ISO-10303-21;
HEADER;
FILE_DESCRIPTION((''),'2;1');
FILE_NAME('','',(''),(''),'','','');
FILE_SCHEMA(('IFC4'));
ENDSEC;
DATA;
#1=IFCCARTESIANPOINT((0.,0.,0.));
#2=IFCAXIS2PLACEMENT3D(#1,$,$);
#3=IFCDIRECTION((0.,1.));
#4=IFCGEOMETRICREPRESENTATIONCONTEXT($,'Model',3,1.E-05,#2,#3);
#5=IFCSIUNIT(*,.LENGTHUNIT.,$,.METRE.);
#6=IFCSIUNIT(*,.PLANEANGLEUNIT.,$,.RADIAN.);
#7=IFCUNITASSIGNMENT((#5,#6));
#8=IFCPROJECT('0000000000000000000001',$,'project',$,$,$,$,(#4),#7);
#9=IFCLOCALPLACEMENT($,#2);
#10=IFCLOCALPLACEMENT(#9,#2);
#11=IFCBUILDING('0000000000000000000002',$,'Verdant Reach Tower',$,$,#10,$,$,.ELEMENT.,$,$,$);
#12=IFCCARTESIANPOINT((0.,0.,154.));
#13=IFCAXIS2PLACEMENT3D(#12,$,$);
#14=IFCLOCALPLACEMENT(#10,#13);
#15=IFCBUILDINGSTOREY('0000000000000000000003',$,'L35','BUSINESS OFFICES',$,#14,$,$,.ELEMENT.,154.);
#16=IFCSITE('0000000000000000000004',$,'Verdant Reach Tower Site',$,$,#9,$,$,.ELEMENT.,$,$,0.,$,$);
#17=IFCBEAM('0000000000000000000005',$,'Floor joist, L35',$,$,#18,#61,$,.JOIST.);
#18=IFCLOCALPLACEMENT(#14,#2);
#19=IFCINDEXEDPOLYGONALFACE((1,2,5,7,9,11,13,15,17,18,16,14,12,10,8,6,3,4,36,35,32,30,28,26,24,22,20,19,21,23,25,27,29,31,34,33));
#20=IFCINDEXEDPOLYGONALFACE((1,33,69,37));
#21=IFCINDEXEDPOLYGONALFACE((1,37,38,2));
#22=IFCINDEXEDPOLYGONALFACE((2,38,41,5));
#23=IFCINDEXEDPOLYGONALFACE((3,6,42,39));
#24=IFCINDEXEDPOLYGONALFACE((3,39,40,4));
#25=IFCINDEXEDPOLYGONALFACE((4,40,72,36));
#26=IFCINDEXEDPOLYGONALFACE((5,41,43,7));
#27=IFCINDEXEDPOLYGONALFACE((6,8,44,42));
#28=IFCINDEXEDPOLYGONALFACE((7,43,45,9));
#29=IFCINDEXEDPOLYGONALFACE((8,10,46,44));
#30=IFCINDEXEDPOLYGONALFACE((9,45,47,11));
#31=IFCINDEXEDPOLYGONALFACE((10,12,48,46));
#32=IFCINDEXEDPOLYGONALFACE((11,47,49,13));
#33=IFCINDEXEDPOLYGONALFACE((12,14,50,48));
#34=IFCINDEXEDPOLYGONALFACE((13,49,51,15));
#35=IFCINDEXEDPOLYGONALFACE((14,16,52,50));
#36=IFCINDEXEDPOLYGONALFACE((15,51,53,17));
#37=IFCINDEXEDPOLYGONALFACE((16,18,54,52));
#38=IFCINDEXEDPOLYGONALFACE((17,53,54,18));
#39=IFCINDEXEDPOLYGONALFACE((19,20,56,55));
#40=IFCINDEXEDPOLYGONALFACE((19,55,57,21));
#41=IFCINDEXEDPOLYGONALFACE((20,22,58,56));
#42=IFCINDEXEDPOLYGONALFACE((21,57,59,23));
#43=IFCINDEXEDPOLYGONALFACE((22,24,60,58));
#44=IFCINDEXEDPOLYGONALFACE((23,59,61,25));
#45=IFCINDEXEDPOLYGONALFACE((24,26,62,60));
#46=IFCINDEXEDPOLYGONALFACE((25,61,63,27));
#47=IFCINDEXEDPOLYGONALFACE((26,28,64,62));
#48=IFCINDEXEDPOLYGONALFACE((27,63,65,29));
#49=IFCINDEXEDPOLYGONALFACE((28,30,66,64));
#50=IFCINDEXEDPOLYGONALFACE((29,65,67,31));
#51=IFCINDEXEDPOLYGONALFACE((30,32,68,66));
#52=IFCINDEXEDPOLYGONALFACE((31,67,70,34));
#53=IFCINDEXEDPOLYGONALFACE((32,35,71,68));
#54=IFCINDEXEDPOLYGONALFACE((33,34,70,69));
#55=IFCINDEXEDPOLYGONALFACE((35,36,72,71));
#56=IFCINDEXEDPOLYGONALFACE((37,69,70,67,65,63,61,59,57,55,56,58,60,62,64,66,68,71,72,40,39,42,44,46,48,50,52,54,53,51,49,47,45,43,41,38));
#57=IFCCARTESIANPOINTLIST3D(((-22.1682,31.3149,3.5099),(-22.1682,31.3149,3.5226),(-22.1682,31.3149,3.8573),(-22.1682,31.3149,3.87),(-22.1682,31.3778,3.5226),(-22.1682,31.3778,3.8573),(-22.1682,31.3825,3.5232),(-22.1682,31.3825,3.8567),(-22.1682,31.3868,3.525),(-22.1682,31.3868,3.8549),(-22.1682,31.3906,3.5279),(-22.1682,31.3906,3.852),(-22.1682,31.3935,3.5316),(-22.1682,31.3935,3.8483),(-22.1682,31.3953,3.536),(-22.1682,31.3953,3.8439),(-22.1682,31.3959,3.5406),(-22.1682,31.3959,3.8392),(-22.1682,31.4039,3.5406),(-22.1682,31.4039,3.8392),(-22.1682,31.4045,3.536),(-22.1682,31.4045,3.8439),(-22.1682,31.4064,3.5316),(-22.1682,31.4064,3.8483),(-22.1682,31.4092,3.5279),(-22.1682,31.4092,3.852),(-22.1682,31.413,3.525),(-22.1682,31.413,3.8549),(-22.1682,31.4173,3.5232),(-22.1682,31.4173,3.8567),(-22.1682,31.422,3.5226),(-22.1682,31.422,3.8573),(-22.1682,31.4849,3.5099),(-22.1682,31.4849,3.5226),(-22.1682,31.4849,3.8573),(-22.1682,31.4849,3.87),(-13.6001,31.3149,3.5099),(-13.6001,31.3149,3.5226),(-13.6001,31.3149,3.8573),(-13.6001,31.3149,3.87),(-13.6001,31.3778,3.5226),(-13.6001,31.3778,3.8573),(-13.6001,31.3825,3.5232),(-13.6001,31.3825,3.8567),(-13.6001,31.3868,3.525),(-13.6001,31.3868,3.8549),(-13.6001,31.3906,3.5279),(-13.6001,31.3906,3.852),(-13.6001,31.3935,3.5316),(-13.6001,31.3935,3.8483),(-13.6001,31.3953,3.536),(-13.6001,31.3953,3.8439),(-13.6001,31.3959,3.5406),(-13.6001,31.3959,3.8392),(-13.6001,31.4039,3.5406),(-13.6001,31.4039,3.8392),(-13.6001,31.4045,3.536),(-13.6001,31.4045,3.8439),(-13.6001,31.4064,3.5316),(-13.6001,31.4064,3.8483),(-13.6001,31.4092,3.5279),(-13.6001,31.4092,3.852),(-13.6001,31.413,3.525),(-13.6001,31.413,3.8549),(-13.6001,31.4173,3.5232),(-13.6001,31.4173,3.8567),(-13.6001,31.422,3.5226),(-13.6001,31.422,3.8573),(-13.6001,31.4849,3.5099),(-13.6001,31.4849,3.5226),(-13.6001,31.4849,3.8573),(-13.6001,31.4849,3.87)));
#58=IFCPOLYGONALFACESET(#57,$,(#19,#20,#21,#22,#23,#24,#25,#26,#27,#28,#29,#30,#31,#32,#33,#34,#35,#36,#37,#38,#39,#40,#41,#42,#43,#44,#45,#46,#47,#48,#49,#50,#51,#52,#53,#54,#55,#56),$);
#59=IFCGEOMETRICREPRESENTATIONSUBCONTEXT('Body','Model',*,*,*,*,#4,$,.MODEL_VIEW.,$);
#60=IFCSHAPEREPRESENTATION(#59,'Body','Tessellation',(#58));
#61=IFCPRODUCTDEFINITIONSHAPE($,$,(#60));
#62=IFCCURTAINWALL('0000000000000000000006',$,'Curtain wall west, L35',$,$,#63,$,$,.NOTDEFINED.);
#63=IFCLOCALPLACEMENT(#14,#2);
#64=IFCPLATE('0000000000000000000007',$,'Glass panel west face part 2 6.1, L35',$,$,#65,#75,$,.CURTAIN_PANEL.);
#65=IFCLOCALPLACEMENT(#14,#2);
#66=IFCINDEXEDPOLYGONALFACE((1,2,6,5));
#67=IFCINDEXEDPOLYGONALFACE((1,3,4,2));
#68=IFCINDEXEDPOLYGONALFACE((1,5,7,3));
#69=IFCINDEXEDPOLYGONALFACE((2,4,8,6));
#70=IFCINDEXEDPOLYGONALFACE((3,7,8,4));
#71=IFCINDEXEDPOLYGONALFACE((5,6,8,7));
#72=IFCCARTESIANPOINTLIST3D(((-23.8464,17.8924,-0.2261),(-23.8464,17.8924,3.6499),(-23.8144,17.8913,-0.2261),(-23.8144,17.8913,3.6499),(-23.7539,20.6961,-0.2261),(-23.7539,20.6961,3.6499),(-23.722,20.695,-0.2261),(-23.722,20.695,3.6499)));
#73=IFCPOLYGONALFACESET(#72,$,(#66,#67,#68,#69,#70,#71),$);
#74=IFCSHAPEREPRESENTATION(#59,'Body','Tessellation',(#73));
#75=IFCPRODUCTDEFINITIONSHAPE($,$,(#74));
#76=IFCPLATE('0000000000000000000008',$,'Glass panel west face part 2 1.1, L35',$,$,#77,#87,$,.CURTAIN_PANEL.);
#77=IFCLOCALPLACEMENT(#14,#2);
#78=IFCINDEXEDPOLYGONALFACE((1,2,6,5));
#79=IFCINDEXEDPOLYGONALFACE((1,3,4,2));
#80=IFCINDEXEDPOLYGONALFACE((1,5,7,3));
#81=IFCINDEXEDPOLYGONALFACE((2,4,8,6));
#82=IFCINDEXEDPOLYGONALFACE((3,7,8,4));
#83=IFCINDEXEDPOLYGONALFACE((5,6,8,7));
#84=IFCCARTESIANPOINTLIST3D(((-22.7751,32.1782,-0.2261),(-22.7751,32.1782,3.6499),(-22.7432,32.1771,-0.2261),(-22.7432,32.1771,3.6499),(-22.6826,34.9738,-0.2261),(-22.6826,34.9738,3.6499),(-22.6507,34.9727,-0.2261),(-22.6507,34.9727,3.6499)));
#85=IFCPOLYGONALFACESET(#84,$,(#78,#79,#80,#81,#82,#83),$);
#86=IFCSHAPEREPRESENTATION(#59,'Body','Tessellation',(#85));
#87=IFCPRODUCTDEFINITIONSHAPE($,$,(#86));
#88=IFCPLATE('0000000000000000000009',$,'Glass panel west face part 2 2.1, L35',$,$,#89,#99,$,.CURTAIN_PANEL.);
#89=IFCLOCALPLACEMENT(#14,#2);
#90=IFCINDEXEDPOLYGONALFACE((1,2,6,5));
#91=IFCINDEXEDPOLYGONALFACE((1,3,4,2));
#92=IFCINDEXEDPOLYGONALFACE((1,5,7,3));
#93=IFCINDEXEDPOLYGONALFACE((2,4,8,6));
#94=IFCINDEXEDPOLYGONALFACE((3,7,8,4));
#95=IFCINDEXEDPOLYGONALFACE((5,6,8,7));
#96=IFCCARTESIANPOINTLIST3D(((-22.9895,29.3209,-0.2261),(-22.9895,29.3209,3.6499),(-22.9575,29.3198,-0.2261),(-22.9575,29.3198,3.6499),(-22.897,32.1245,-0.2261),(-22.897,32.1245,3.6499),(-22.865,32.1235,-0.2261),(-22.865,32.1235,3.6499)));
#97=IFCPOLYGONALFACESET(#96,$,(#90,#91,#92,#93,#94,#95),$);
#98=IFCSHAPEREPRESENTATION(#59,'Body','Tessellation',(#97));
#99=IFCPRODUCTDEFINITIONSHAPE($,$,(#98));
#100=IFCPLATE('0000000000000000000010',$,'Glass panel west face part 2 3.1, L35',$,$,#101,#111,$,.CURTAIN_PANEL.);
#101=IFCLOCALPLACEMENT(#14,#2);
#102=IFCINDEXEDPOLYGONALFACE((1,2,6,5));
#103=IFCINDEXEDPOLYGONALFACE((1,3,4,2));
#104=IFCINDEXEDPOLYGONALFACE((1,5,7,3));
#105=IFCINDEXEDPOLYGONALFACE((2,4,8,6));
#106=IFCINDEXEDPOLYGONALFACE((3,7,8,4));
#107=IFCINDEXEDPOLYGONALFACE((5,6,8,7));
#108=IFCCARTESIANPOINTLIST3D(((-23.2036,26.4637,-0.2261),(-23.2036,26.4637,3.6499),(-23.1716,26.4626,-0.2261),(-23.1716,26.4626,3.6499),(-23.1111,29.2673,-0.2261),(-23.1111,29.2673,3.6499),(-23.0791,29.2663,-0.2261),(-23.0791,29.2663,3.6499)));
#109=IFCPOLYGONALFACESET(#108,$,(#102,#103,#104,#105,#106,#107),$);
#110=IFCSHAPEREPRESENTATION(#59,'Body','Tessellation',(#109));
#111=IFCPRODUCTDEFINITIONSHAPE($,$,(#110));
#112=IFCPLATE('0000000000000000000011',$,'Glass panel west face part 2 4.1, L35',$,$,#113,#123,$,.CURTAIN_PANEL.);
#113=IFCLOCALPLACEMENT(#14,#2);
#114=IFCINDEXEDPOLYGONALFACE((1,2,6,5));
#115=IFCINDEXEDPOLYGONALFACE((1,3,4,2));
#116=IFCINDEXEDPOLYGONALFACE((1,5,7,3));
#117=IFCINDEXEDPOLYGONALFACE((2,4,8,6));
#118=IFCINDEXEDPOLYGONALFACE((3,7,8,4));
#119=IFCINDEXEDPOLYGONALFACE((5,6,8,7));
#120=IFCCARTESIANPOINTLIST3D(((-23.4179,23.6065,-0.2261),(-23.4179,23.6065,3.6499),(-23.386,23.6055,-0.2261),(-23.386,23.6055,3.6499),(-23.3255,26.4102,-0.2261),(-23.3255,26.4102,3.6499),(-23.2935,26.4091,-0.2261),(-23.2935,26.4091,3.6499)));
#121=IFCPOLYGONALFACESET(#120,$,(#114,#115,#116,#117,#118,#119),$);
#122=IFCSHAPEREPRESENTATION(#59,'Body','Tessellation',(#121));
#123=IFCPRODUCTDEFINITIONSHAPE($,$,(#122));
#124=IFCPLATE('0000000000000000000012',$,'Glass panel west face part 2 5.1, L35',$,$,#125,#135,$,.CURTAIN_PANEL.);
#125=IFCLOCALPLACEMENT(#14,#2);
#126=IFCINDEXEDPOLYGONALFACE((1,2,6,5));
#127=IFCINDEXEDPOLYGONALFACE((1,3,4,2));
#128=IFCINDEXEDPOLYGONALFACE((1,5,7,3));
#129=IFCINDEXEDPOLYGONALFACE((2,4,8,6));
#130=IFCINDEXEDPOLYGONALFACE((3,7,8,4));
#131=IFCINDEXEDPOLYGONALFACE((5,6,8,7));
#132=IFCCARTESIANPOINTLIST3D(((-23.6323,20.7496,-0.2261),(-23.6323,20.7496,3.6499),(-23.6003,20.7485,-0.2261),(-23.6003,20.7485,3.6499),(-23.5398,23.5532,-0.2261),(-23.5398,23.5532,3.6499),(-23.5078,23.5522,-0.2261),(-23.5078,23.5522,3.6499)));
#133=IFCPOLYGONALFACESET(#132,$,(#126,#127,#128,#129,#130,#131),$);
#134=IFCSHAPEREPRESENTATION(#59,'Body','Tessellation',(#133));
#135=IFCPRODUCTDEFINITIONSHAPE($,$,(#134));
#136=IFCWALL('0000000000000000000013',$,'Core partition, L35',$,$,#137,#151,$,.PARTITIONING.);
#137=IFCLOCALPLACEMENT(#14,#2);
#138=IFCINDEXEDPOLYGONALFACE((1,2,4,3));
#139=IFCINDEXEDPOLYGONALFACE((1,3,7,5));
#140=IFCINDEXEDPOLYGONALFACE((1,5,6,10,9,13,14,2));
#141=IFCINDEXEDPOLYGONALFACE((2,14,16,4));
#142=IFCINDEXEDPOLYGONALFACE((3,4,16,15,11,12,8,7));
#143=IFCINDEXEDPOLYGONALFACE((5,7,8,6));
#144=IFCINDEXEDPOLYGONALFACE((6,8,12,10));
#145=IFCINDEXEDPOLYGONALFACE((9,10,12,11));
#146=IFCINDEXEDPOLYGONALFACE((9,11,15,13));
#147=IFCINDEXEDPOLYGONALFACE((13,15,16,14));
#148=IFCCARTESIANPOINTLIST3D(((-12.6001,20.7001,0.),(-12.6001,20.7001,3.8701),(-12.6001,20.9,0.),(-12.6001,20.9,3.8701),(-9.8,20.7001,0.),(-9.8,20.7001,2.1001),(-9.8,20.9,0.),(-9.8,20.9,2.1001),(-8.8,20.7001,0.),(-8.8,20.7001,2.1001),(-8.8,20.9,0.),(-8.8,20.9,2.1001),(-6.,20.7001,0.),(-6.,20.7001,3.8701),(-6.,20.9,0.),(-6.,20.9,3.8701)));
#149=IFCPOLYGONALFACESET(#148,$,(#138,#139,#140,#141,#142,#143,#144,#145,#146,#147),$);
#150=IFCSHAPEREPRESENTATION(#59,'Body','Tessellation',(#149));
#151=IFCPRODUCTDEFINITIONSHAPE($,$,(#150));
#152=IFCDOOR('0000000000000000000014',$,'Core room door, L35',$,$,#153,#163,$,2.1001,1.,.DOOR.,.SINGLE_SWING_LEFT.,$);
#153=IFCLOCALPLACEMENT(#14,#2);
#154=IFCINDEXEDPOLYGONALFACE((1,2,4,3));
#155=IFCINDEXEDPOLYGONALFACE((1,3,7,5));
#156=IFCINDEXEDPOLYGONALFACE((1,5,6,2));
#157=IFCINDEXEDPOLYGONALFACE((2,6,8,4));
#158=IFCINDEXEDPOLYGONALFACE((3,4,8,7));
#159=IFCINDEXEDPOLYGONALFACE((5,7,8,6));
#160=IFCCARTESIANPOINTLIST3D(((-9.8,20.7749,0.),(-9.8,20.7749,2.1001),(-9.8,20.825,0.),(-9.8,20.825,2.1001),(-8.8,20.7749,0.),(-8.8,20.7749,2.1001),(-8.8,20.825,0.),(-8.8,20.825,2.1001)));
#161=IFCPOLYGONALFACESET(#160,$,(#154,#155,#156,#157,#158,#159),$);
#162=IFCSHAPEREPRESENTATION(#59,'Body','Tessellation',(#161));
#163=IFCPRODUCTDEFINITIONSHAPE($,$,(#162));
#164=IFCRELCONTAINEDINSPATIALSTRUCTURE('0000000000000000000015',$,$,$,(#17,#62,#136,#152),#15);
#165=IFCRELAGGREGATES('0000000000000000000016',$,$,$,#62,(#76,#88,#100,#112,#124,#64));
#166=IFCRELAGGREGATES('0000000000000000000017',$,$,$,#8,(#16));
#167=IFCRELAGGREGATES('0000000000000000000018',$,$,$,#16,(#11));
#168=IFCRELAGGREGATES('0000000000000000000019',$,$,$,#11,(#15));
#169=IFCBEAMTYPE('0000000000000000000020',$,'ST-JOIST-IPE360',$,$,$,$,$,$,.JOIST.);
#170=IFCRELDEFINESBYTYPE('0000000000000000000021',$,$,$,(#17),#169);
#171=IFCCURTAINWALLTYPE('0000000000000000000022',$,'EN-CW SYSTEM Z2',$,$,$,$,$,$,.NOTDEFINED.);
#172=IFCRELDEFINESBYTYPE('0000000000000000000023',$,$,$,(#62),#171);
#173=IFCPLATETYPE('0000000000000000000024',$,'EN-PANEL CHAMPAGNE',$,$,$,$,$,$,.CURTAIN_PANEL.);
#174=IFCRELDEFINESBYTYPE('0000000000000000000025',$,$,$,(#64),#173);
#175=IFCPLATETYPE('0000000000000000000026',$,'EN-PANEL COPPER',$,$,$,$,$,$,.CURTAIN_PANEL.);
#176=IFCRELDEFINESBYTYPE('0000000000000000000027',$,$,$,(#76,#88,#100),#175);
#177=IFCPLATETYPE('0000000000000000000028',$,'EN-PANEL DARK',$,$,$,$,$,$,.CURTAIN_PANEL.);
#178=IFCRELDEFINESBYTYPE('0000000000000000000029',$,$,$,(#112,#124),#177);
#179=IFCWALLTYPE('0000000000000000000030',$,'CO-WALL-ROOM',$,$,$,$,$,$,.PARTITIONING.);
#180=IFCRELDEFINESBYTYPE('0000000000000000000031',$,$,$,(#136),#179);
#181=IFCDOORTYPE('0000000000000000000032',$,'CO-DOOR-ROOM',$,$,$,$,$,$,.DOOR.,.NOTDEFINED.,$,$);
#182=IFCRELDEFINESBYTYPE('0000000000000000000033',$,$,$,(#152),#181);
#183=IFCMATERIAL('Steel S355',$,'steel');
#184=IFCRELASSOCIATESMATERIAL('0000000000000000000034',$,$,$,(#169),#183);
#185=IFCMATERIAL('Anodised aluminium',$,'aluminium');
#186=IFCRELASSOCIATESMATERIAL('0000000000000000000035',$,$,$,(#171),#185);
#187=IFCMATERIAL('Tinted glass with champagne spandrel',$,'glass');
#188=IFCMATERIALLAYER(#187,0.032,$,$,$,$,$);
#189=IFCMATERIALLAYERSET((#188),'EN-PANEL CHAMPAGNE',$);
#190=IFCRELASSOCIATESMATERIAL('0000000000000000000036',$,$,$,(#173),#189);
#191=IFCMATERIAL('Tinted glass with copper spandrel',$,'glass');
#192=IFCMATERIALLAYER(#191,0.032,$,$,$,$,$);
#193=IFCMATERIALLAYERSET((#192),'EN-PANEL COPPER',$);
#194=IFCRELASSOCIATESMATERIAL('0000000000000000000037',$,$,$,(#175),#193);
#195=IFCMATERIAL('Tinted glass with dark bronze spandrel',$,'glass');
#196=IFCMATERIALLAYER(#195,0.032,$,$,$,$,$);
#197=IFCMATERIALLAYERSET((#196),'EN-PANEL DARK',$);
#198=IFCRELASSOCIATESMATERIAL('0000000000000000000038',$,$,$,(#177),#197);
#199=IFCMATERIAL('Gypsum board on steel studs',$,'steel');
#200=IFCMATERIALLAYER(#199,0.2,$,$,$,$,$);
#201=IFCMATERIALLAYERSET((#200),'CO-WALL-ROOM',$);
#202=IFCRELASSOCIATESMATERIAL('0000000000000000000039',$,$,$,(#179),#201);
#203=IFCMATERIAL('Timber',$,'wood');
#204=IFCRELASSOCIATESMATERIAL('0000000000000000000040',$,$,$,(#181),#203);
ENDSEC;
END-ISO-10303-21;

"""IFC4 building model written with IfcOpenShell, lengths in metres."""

from ifc_helpers import new_model, si_unit, direction, frame, frame_2d, origin, origin_2d, place, context, subcontext, project, spatial, rectangle, i_section, extrude, material, layer, layer_set, material_profile, profile_set, type_object, element, fill, aggregate, save


model = new_model("IFC4")

# Units and contexts
model_context = context("Model", 3, precision=1e-05, world=origin(), true_north=direction((0.0, 1.0)))
body_context = subcontext(model_context, "Body", "Model", "MODEL_VIEW")
ifc_project = project(units=[si_unit("LENGTHUNIT", "METRE"), si_unit("PLANEANGLEUNIT", "RADIAN")], contexts=[model_context])

# Site, building, storey
site_placement = place(None, origin())
site = spatial("IfcSite", under=ifc_project, at=site_placement, Name="Verdant Reach Tower Site", CompositionType="ELEMENT", RefElevation=0.0)
building_placement = place(site_placement, origin())
building = spatial("IfcBuilding", under=site, at=building_placement, Name="Verdant Reach Tower", CompositionType="ELEMENT")
storey_placement = place(building_placement, frame((0.0, 0.0, 154.0)))
storey = spatial("IfcBuildingStorey", under=building, at=storey_placement, Name="L35", Description="BUSINESS OFFICES", CompositionType="ELEMENT", Elevation=154.0)

# Beam
ifc_material_1 = material(Name="Steel S355", Category="steel")
ifc_material_profile_1 = material_profile(ifc_material_1, i_section(OverallWidth=0.1699, OverallDepth=0.3601, WebThickness=0.0081, FlangeThickness=0.0127, FilletRadius=0.0181, at=origin_2d()), Name="IPE 360")
ifc_profile_set_1 = profile_set([ifc_material_profile_1], Name="Steel S355")
beam_type = type_object("IfcBeamType", Name="ST-JOIST-IPE360", PredefinedType="JOIST", material=ifc_profile_set_1)
beam_1_placement = place(storey_placement, frame((-13.6001, 31.3999, 3.6899), z_axis=(-1.0, 0.0, 0.0), x_axis=(0.0, -1.0, 0.0)))
element("IfcBeam", 1, at=beam_1_placement, inside=storey, type_object=beam_type, Name="Floor joist, L35", PredefinedType="JOIST", context=body_context, shape_type="SweptSolid", body=[
    extrude(i_section(OverallWidth=0.1699, OverallDepth=0.3601, WebThickness=0.0081, FlangeThickness=0.0127, FilletRadius=0.0181, at=origin_2d()), origin(), (0.0, 0.0, 1.0), 8.5681),
])

# Curtain wall, plates
ifc_material_2 = material(Name="Anodised aluminium", Category="aluminium")
curtain_wall_type = type_object("IfcCurtainWallType", Name="EN-CW SYSTEM Z2", PredefinedType="NOTDEFINED", material=ifc_material_2)
curtain_wall_placement = place(storey_placement, origin())
curtain_wall = element("IfcCurtainWall", 2, at=curtain_wall_placement, inside=storey, type_object=curtain_wall_type, Name="Curtain wall west, L35", PredefinedType="NOTDEFINED")
ifc_material_3 = material(Name="Tinted glass with champagne spandrel", Category="glass")
ifc_layer_1 = layer(ifc_material_3, 0.032)
ifc_layer_set_1 = layer_set([ifc_layer_1], Name="EN-PANEL CHAMPAGNE")
plate_type_1 = type_object("IfcPlateType", Name="EN-PANEL CHAMPAGNE", PredefinedType="CURTAIN_PANEL", material=ifc_layer_set_1)
plate_1_placement = place(storey_placement, frame((-23.7842, 19.2937, -0.2261), z_axis=(0.0, 0.0, 1.0), x_axis=(-0.032966, -0.999456, 0.0)))
plate_1 = element("IfcPlate", 3, at=plate_1_placement, type_object=plate_type_1, Name="Glass panel west face part 2 6.1, L35", PredefinedType="CURTAIN_PANEL", context=body_context, shape_type="SweptSolid", body=[
    extrude(rectangle(XDim=2.8052, YDim=0.032, at=origin_2d()), origin(), (0.0, 0.0, 1.0), 3.876),
])
ifc_material_4 = material(Name="Tinted glass with copper spandrel", Category="glass")
ifc_layer_2 = layer(ifc_material_4, 0.032)
ifc_layer_set_2 = layer_set([ifc_layer_2], Name="EN-PANEL COPPER")
plate_type_2 = type_object("IfcPlateType", Name="EN-PANEL COPPER", PredefinedType="CURTAIN_PANEL", material=ifc_layer_set_2)
plate_2_placement = place(storey_placement, frame((-22.7129, 33.5754, -0.2261), z_axis=(0.0, 0.0, 1.0), x_axis=(-0.03307, -0.999453, 0.0)))
plate_2 = element("IfcPlate", 4, at=plate_2_placement, type_object=plate_type_2, Name="Glass panel west face part 2 1.1, L35", PredefinedType="CURTAIN_PANEL", context=body_context, shape_type="SweptSolid", body=[
    extrude(rectangle(XDim=2.7971, YDim=0.032, at=origin_2d()), origin(), (0.0, 0.0, 1.0), 3.876),
])
plate_3_placement = place(storey_placement, frame((-22.9272, 30.7222, -0.2261), z_axis=(0.0, 0.0, 1.0), x_axis=(-0.032966, -0.999456, 0.0)))
plate_3 = element("IfcPlate", 5, at=plate_3_placement, type_object=plate_type_2, Name="Glass panel west face part 2 2.1, L35", PredefinedType="CURTAIN_PANEL", context=body_context, shape_type="SweptSolid", body=[
    extrude(rectangle(XDim=2.8052, YDim=0.032, at=origin_2d()), origin(), (0.0, 0.0, 1.0), 3.876),
])
plate_4_placement = place(storey_placement, frame((-23.1414, 27.865, -0.2261), z_axis=(0.0, 0.0, 1.0), x_axis=(-0.032966, -0.999456, 0.0)))
plate_4 = element("IfcPlate", 6, at=plate_4_placement, type_object=plate_type_2, Name="Glass panel west face part 2 3.1, L35", PredefinedType="CURTAIN_PANEL", context=body_context, shape_type="SweptSolid", body=[
    extrude(rectangle(XDim=2.8052, YDim=0.032, at=origin_2d()), origin(), (0.0, 0.0, 1.0), 3.876),
])
ifc_material_5 = material(Name="Tinted glass with dark bronze spandrel", Category="glass")
ifc_layer_3 = layer(ifc_material_5, 0.032)
ifc_layer_set_3 = layer_set([ifc_layer_3], Name="EN-PANEL DARK")
plate_type_3 = type_object("IfcPlateType", Name="EN-PANEL DARK", PredefinedType="CURTAIN_PANEL", material=ifc_layer_set_3)
plate_5_placement = place(storey_placement, frame((-23.3557, 25.0078, -0.2261), z_axis=(0.0, 0.0, 1.0), x_axis=(-0.032966, -0.999456, 0.0)))
plate_5 = element("IfcPlate", 7, at=plate_5_placement, type_object=plate_type_3, Name="Glass panel west face part 2 4.1, L35", PredefinedType="CURTAIN_PANEL", context=body_context, shape_type="SweptSolid", body=[
    extrude(rectangle(XDim=2.8052, YDim=0.032, at=origin_2d()), origin(), (0.0, 0.0, 1.0), 3.876),
])
plate_6_placement = place(storey_placement, frame((-23.5701, 22.1509, -0.2261), z_axis=(0.0, 0.0, 1.0), x_axis=(-0.032966, -0.999456, 0.0)))
plate_6 = element("IfcPlate", 8, at=plate_6_placement, type_object=plate_type_3, Name="Glass panel west face part 2 5.1, L35", PredefinedType="CURTAIN_PANEL", context=body_context, shape_type="SweptSolid", body=[
    extrude(rectangle(XDim=2.8052, YDim=0.032, at=origin_2d()), origin(), (0.0, 0.0, 1.0), 3.876),
])
aggregate(curtain_wall, [plate_2, plate_3, plate_4, plate_5, plate_6, plate_1])

# Wall, opening, door
ifc_material_6 = material(Name="Gypsum board on steel studs", Category="steel")
ifc_layer_4 = layer(ifc_material_6, 0.2)
ifc_layer_set_4 = layer_set([ifc_layer_4], Name="CO-WALL-ROOM")
wall_type_1 = type_object("IfcWallType", Name="CO-WALL-ROOM", PredefinedType="PARTITIONING", material=ifc_layer_set_4)
wall_1_placement = place(storey_placement, frame((-12.6001, 20.8, 0.0), z_axis=(0.0, 0.0, 1.0), x_axis=(1.0, 0.0, 0.0)))
wall_1 = element("IfcWall", 9, at=wall_1_placement, inside=storey, type_object=wall_type_1, Name="Core partition, L35", PredefinedType="PARTITIONING", context=body_context, shape_type="SweptSolid", body=[
    extrude(rectangle(XDim=6.6001, YDim=0.2, at=frame_2d((3.3, 0.0))), origin(), (0.0, 0.0, 1.0), 3.8701),
])
opening_1_placement = place(wall_1_placement, frame((2.8, 0.0, 0.0)))
opening_1 = element("IfcOpeningElement", 10, at=opening_1_placement, cuts=wall_1, PredefinedType="OPENING", context=body_context, shape_type="SweptSolid", body=[
    extrude(rectangle(XDim=1.0, YDim=2.1001, at=frame_2d((0.5, 1.05))), frame((0.0, 0.1099, 0.0), z_axis=(0.0, -1.0, 0.0), x_axis=(1.0, 0.0, 0.0)), (0.0, 0.0, 1.0), 0.22),
])
ifc_material_7 = material(Name="Timber", Category="wood")
door_type_1 = type_object("IfcDoorType", Name="CO-DOOR-ROOM", OperationType="NOTDEFINED", PredefinedType="DOOR", material=ifc_material_7)
door_1_placement = place(opening_1_placement, origin())
door_1 = element("IfcDoor", 11, at=door_1_placement, inside=storey, type_object=door_type_1, Name="Core room door, L35", OperationType="SINGLE_SWING_LEFT", OverallHeight=2.1001, OverallWidth=1.0, PredefinedType="DOOR", context=body_context, shape_type="SweptSolid", body=[
    extrude(rectangle(XDim=1.0, YDim=2.1001, at=frame_2d((0.5, 1.05))), frame((0.0, 0.0249, 0.0), z_axis=(0.0, -1.0, 0.0), x_axis=(1.0, 0.0, 0.0)), (0.0, 0.0, 1.0), 0.05),
])
fill(opening_1, door_1)

save(model, "model.ifc")
